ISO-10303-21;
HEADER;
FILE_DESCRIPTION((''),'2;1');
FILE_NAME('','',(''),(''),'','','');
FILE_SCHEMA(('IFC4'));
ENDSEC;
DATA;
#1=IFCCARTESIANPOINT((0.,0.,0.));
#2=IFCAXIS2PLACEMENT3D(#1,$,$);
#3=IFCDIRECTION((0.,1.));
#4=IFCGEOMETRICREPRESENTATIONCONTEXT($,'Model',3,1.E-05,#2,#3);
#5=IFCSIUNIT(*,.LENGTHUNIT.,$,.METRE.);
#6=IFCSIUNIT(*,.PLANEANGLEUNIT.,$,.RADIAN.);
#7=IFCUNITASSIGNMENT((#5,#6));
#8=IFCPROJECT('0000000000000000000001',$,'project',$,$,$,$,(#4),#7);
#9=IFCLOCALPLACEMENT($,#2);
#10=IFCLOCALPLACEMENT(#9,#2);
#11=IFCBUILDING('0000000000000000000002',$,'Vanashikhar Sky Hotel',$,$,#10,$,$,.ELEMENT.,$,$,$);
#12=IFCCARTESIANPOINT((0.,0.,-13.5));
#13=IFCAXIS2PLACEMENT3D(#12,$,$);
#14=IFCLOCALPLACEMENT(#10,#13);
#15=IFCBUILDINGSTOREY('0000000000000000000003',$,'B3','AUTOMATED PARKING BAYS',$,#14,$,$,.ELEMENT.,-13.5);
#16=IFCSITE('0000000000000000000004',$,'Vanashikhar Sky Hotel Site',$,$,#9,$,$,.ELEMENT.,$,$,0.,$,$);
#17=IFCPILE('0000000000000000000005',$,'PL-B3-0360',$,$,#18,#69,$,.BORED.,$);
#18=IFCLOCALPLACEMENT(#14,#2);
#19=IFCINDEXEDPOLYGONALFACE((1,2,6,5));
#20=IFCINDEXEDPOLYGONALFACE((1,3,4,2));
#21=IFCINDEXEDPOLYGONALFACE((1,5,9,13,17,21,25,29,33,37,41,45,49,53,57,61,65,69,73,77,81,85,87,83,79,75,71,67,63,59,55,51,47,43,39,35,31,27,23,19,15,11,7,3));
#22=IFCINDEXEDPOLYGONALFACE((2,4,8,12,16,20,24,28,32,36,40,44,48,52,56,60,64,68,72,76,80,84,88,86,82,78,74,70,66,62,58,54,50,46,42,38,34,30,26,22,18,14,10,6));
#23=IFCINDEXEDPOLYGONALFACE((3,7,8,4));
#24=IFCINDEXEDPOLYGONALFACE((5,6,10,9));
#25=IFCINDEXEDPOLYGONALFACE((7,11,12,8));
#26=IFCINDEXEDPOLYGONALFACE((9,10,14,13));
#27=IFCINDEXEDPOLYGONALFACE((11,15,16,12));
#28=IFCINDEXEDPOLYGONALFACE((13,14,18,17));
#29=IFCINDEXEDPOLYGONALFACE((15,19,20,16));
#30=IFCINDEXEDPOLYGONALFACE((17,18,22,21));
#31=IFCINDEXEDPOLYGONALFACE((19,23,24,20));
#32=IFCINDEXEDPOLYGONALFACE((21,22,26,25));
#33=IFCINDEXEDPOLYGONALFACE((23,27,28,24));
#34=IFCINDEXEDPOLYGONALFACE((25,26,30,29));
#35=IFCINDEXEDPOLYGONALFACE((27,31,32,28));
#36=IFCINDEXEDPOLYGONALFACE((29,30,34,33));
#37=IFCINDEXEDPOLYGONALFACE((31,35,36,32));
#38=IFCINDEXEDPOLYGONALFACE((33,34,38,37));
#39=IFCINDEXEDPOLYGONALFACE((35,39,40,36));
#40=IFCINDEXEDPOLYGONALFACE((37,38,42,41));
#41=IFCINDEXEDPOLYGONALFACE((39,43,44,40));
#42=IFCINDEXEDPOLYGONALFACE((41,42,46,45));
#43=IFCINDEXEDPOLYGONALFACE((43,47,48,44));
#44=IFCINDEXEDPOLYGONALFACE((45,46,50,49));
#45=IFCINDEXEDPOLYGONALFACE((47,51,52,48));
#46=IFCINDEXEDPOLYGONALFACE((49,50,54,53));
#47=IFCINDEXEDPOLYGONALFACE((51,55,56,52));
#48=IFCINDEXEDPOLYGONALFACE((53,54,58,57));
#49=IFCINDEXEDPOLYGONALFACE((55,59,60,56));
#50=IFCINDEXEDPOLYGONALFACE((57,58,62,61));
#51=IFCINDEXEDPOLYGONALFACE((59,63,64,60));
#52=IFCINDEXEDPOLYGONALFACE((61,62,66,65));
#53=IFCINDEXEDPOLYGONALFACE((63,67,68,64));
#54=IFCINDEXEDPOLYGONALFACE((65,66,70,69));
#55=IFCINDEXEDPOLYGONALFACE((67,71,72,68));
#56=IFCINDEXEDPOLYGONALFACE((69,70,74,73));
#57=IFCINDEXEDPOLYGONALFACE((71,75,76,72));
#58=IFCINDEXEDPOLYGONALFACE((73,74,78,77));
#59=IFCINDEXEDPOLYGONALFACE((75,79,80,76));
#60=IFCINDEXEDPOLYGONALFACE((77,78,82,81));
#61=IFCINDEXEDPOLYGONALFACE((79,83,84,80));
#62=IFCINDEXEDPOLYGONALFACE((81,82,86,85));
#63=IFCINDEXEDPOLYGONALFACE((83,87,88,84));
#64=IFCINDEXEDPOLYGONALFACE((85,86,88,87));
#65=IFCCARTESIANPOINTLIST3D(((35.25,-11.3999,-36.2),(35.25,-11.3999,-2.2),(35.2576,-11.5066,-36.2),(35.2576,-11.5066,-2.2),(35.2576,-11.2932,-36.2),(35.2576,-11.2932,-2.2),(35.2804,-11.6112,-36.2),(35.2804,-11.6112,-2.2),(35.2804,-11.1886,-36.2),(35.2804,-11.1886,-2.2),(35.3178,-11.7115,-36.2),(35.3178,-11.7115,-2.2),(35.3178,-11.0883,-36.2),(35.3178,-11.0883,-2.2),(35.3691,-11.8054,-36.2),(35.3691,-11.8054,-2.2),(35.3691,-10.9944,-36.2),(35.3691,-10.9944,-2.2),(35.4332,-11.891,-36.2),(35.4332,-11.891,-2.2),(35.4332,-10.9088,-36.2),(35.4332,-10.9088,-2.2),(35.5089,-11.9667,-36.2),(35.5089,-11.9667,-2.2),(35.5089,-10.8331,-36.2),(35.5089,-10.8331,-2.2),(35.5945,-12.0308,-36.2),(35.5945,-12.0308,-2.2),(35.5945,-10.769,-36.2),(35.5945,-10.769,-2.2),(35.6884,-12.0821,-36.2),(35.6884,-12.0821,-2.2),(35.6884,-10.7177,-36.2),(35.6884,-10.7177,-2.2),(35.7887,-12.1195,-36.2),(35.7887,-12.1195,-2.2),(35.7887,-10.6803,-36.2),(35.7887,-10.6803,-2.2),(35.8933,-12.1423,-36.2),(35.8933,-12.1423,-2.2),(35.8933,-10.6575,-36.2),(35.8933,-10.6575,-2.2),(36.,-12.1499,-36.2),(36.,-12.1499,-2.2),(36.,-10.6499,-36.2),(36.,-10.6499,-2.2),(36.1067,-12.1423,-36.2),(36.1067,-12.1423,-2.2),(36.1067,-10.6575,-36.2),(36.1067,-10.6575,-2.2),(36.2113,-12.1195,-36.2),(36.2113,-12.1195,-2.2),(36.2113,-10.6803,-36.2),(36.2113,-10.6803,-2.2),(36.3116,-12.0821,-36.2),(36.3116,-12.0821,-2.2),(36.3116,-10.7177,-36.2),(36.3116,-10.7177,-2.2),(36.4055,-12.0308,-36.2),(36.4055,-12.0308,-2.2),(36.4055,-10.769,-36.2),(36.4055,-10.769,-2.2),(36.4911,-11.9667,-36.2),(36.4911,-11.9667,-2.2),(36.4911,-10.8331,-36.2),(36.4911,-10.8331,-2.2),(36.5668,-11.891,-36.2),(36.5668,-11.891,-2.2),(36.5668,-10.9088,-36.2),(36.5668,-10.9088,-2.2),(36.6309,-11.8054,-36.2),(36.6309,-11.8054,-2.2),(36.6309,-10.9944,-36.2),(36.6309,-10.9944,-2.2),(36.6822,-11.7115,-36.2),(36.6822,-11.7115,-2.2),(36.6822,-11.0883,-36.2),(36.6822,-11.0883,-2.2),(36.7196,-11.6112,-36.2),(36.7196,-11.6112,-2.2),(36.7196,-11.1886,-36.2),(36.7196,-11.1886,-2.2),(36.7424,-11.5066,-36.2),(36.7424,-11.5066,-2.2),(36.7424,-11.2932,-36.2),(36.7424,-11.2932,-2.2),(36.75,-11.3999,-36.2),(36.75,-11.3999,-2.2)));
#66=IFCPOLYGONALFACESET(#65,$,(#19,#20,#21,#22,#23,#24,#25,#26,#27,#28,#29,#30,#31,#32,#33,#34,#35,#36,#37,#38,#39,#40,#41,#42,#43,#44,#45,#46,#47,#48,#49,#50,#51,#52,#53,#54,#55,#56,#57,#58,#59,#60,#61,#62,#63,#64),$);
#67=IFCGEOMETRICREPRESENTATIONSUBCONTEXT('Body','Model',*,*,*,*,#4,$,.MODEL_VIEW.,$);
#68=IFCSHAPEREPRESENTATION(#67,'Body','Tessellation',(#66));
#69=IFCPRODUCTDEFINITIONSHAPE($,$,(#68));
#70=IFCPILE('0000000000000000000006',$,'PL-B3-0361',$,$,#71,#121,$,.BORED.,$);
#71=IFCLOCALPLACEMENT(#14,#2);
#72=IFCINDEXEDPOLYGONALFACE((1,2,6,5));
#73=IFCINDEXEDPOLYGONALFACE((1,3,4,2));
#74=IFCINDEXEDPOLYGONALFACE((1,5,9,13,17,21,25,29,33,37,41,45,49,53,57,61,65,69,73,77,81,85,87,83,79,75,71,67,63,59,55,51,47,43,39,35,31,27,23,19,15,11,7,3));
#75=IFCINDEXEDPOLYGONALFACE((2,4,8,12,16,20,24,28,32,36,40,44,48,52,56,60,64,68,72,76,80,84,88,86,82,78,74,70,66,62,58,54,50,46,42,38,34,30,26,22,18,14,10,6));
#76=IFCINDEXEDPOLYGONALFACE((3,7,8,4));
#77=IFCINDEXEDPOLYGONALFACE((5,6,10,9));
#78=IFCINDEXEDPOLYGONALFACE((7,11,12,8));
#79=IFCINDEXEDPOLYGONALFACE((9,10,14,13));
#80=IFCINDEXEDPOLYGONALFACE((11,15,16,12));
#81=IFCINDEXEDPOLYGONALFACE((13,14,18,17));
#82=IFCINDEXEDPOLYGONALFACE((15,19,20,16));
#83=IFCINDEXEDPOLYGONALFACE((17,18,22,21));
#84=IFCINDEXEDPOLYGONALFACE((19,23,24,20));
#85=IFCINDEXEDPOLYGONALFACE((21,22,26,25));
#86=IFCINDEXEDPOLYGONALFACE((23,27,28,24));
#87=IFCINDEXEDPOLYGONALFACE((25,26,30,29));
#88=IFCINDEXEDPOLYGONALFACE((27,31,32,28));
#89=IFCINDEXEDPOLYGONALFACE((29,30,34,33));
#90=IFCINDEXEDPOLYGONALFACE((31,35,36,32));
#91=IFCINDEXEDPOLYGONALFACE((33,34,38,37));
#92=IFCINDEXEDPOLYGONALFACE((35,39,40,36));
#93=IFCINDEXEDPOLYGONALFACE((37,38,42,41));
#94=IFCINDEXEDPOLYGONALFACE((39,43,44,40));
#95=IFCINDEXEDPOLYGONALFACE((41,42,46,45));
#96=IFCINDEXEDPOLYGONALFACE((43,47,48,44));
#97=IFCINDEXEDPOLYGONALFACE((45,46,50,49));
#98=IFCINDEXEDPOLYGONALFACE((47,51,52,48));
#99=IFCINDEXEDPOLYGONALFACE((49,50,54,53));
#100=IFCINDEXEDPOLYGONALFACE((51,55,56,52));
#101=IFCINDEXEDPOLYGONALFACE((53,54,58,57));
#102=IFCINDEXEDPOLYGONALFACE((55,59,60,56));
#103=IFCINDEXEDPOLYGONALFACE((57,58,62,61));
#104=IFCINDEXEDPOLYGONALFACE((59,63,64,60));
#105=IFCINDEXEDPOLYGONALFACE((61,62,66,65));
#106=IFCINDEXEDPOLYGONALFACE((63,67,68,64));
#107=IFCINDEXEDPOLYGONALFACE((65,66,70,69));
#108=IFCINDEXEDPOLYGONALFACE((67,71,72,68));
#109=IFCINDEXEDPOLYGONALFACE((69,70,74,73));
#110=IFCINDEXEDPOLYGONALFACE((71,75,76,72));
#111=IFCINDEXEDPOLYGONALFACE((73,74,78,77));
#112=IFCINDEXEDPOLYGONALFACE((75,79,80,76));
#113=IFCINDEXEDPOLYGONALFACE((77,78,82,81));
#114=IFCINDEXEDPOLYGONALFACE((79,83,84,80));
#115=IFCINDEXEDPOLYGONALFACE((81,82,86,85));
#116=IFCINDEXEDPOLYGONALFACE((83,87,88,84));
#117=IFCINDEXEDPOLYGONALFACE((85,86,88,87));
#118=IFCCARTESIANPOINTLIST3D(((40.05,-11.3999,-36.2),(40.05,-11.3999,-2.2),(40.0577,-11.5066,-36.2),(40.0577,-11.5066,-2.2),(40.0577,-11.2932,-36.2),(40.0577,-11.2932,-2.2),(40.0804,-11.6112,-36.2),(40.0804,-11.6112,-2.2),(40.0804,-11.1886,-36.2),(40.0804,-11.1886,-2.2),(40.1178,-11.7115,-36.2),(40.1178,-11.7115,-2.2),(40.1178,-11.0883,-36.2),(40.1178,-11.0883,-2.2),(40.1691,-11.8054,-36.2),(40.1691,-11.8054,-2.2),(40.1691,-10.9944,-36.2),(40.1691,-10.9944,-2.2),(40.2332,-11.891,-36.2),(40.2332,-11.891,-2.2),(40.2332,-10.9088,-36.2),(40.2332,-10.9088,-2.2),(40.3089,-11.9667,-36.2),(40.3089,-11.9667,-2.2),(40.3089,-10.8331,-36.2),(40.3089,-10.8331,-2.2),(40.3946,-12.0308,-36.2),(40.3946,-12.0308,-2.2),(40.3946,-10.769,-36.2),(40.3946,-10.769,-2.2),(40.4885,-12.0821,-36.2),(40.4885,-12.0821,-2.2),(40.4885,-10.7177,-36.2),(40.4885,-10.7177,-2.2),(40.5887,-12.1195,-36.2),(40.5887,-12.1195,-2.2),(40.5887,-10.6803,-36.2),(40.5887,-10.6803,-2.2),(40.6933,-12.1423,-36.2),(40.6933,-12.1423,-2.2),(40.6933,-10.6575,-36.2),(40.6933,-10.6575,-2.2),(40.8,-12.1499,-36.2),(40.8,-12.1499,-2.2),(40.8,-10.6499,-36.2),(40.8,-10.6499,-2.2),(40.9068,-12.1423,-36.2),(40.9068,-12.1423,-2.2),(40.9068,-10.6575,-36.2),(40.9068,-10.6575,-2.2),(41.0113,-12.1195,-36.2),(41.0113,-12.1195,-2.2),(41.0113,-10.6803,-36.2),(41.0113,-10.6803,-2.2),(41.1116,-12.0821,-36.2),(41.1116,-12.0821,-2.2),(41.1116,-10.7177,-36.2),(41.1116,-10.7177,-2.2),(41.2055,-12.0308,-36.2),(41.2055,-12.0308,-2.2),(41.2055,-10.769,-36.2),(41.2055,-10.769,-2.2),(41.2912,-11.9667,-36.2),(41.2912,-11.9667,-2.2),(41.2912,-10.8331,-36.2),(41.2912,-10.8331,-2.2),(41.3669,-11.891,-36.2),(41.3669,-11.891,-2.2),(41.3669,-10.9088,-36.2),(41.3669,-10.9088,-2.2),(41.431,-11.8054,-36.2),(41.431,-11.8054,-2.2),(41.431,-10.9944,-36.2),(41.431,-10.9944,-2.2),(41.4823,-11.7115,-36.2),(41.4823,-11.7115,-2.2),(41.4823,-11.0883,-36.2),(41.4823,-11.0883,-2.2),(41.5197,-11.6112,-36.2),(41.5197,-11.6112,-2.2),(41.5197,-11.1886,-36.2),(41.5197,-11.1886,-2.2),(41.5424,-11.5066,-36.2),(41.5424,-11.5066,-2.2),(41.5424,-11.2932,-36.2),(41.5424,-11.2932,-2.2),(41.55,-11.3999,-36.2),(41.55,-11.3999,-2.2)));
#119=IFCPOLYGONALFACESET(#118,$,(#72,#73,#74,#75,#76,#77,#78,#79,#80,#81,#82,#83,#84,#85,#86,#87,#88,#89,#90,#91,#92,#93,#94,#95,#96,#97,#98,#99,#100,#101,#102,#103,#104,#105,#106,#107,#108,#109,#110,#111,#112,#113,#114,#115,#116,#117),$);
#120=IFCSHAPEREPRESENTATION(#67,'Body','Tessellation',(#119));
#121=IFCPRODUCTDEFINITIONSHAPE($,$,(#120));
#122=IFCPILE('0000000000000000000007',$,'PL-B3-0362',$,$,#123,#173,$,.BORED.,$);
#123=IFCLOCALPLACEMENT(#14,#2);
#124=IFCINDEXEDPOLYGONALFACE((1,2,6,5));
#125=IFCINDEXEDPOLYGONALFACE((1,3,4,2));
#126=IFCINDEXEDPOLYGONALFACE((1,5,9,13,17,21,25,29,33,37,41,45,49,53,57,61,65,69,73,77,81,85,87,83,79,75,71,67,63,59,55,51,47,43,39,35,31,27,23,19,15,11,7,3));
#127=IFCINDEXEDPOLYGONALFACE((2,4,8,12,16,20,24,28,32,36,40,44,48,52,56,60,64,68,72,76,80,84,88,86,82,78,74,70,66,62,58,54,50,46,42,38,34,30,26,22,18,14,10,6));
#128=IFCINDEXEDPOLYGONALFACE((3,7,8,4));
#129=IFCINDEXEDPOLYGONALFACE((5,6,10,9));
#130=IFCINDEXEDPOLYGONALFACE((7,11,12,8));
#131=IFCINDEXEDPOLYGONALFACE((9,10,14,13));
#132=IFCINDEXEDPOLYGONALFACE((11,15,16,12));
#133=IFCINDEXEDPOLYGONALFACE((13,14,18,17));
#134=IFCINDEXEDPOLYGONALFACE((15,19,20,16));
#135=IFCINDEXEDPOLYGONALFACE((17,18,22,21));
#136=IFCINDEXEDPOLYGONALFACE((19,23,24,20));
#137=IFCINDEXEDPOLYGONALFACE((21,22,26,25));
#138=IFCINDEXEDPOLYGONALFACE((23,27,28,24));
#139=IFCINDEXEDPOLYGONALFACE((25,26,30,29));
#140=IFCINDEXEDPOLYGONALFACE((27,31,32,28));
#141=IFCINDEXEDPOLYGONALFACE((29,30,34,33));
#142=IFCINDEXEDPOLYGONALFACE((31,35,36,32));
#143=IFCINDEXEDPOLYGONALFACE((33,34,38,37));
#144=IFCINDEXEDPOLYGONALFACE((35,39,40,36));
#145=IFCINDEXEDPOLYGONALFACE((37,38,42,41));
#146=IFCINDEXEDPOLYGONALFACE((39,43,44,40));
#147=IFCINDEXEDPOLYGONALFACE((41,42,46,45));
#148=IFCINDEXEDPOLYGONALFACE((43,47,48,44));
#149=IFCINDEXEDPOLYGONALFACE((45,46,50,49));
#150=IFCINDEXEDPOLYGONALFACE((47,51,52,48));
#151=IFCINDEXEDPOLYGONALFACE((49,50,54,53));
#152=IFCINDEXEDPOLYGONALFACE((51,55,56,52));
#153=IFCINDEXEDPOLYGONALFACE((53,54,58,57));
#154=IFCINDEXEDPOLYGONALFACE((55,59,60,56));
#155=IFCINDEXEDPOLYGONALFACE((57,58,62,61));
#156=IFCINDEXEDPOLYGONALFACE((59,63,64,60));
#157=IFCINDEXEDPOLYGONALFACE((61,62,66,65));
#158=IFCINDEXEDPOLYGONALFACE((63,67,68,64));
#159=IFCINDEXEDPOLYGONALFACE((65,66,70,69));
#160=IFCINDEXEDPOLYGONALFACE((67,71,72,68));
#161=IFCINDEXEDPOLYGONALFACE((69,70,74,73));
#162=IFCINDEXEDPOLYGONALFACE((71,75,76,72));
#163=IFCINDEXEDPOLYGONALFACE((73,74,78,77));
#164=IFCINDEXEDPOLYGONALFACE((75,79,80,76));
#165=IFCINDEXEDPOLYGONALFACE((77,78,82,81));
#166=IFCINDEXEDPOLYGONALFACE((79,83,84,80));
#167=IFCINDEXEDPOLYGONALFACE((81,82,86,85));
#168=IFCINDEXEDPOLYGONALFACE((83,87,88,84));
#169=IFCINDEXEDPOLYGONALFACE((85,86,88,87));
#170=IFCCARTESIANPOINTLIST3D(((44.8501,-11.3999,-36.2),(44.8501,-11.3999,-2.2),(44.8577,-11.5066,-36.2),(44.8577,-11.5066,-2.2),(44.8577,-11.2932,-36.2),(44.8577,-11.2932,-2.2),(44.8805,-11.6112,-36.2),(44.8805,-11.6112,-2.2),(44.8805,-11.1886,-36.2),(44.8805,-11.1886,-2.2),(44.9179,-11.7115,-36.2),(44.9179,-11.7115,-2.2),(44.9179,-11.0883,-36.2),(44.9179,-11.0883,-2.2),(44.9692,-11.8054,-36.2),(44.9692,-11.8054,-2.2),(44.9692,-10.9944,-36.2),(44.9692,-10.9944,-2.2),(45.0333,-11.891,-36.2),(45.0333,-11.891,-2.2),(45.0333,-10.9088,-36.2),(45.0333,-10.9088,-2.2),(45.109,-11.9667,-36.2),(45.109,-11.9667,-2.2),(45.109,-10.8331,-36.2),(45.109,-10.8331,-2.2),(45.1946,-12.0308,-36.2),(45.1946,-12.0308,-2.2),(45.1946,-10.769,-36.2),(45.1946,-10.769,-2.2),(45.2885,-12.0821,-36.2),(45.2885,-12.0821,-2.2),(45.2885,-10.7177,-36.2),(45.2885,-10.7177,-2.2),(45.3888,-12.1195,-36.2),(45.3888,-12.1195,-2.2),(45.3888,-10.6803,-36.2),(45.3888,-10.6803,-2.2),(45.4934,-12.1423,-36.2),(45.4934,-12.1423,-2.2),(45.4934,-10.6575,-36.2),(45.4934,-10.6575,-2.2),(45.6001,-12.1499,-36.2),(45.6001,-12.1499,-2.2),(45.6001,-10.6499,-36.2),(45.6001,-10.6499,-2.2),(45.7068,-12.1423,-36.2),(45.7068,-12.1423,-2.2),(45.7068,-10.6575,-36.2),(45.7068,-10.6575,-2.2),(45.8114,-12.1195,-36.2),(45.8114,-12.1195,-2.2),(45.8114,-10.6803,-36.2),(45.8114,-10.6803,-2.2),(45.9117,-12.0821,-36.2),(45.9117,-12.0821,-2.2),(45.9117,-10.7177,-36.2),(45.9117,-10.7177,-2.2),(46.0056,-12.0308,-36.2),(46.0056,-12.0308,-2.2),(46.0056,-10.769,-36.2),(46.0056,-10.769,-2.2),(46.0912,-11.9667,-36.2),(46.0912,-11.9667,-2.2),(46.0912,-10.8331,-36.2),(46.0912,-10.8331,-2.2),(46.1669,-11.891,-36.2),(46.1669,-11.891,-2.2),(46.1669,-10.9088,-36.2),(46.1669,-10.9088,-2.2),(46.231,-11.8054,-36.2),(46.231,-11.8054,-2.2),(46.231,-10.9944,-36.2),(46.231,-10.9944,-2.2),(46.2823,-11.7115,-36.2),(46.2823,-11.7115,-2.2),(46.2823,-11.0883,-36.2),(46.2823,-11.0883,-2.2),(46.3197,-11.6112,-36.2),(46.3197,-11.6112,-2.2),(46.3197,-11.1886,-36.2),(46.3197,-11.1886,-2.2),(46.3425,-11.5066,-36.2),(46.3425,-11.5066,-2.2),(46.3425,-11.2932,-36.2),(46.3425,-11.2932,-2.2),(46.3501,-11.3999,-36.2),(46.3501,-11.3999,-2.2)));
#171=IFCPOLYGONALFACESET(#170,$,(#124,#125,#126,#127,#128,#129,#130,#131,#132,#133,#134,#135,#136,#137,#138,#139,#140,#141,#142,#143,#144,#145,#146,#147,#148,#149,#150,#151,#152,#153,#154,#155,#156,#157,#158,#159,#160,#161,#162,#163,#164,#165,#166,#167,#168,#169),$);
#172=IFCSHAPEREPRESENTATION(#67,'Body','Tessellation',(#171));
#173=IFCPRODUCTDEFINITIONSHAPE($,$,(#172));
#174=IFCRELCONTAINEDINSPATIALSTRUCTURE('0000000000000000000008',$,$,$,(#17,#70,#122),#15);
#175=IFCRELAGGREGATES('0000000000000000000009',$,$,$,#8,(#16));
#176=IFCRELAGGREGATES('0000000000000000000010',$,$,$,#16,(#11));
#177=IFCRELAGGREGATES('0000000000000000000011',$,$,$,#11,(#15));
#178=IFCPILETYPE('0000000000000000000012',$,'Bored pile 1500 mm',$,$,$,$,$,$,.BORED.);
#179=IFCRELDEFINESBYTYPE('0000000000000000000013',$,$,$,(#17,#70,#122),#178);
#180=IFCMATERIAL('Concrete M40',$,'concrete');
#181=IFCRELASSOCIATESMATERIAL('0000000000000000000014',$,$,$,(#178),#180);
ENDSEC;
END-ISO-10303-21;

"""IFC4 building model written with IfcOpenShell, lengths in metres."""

from ifc_helpers import new_model, si_unit, direction, frame, origin, origin_2d, place, context, subcontext, project, spatial, circle, extrude, source, transform, mapped, material, type_object, element, save


model = new_model("IFC4")

# Units and contexts
model_context = context("Model", 3, precision=1e-05, world=origin(), true_north=direction((0.0, 1.0)))
body_context = subcontext(model_context, "Body", "Model", "MODEL_VIEW")
ifc_project = project(units=[si_unit("LENGTHUNIT", "METRE"), si_unit("PLANEANGLEUNIT", "RADIAN")], contexts=[model_context])

# Site, building, storey
site_placement = place(None, origin())
site = spatial("IfcSite", under=ifc_project, at=site_placement, Name="Vanashikhar Sky Hotel Site", CompositionType="ELEMENT", RefElevation=0.0)
building_placement = place(site_placement, origin())
building = spatial("IfcBuilding", under=site, at=building_placement, Name="Vanashikhar Sky Hotel", CompositionType="ELEMENT")
storey_placement = place(building_placement, frame((0.0, 0.0, -13.5)))
storey = spatial("IfcBuildingStorey", under=building, at=storey_placement, Name="B3", Description="AUTOMATED PARKING BAYS", CompositionType="ELEMENT", Elevation=-13.5)

# Piles
ifc_material_1 = material(Name="Concrete M40", Category="concrete")
pile_type_1 = type_object("IfcPileType", Name="Bored pile 1500 mm", PredefinedType="BORED", material=ifc_material_1)
shared_shape_1 = source(origin(), body_context, "Body", "SweptSolid", [
    extrude(circle(Radius=0.75, at=origin_2d()), origin(), (0.0, 0.0, 1.0), 34.0),
])
for number, where, z_axis, x_axis, name in (
    (1, (36.0, -11.3999, -2.2), (0.0, 0.0, -1.0), (1.0, 0.0, 0.0), "PL-B3-0360"),
    (2, (40.8, -11.3999, -2.2), (0.0, 0.0, -1.0), (1.0, 0.0, 0.0), "PL-B3-0361"),
    (3, (45.6001, -11.3999, -2.2), (0.0, 0.0, -1.0), (1.0, 0.0, 0.0), "PL-B3-0362"),
):
    element("IfcPile", number, at=place(storey_placement, frame(where, z_axis=z_axis, x_axis=x_axis)), inside=storey, type_object=pile_type_1, Name=name, PredefinedType="BORED", context=body_context, shape_type="MappedRepresentation", body=[
        mapped(shared_shape_1, transform((0.0, 0.0, 0.0), scale=1.0)),
    ])

save(model, "model.ifc")
